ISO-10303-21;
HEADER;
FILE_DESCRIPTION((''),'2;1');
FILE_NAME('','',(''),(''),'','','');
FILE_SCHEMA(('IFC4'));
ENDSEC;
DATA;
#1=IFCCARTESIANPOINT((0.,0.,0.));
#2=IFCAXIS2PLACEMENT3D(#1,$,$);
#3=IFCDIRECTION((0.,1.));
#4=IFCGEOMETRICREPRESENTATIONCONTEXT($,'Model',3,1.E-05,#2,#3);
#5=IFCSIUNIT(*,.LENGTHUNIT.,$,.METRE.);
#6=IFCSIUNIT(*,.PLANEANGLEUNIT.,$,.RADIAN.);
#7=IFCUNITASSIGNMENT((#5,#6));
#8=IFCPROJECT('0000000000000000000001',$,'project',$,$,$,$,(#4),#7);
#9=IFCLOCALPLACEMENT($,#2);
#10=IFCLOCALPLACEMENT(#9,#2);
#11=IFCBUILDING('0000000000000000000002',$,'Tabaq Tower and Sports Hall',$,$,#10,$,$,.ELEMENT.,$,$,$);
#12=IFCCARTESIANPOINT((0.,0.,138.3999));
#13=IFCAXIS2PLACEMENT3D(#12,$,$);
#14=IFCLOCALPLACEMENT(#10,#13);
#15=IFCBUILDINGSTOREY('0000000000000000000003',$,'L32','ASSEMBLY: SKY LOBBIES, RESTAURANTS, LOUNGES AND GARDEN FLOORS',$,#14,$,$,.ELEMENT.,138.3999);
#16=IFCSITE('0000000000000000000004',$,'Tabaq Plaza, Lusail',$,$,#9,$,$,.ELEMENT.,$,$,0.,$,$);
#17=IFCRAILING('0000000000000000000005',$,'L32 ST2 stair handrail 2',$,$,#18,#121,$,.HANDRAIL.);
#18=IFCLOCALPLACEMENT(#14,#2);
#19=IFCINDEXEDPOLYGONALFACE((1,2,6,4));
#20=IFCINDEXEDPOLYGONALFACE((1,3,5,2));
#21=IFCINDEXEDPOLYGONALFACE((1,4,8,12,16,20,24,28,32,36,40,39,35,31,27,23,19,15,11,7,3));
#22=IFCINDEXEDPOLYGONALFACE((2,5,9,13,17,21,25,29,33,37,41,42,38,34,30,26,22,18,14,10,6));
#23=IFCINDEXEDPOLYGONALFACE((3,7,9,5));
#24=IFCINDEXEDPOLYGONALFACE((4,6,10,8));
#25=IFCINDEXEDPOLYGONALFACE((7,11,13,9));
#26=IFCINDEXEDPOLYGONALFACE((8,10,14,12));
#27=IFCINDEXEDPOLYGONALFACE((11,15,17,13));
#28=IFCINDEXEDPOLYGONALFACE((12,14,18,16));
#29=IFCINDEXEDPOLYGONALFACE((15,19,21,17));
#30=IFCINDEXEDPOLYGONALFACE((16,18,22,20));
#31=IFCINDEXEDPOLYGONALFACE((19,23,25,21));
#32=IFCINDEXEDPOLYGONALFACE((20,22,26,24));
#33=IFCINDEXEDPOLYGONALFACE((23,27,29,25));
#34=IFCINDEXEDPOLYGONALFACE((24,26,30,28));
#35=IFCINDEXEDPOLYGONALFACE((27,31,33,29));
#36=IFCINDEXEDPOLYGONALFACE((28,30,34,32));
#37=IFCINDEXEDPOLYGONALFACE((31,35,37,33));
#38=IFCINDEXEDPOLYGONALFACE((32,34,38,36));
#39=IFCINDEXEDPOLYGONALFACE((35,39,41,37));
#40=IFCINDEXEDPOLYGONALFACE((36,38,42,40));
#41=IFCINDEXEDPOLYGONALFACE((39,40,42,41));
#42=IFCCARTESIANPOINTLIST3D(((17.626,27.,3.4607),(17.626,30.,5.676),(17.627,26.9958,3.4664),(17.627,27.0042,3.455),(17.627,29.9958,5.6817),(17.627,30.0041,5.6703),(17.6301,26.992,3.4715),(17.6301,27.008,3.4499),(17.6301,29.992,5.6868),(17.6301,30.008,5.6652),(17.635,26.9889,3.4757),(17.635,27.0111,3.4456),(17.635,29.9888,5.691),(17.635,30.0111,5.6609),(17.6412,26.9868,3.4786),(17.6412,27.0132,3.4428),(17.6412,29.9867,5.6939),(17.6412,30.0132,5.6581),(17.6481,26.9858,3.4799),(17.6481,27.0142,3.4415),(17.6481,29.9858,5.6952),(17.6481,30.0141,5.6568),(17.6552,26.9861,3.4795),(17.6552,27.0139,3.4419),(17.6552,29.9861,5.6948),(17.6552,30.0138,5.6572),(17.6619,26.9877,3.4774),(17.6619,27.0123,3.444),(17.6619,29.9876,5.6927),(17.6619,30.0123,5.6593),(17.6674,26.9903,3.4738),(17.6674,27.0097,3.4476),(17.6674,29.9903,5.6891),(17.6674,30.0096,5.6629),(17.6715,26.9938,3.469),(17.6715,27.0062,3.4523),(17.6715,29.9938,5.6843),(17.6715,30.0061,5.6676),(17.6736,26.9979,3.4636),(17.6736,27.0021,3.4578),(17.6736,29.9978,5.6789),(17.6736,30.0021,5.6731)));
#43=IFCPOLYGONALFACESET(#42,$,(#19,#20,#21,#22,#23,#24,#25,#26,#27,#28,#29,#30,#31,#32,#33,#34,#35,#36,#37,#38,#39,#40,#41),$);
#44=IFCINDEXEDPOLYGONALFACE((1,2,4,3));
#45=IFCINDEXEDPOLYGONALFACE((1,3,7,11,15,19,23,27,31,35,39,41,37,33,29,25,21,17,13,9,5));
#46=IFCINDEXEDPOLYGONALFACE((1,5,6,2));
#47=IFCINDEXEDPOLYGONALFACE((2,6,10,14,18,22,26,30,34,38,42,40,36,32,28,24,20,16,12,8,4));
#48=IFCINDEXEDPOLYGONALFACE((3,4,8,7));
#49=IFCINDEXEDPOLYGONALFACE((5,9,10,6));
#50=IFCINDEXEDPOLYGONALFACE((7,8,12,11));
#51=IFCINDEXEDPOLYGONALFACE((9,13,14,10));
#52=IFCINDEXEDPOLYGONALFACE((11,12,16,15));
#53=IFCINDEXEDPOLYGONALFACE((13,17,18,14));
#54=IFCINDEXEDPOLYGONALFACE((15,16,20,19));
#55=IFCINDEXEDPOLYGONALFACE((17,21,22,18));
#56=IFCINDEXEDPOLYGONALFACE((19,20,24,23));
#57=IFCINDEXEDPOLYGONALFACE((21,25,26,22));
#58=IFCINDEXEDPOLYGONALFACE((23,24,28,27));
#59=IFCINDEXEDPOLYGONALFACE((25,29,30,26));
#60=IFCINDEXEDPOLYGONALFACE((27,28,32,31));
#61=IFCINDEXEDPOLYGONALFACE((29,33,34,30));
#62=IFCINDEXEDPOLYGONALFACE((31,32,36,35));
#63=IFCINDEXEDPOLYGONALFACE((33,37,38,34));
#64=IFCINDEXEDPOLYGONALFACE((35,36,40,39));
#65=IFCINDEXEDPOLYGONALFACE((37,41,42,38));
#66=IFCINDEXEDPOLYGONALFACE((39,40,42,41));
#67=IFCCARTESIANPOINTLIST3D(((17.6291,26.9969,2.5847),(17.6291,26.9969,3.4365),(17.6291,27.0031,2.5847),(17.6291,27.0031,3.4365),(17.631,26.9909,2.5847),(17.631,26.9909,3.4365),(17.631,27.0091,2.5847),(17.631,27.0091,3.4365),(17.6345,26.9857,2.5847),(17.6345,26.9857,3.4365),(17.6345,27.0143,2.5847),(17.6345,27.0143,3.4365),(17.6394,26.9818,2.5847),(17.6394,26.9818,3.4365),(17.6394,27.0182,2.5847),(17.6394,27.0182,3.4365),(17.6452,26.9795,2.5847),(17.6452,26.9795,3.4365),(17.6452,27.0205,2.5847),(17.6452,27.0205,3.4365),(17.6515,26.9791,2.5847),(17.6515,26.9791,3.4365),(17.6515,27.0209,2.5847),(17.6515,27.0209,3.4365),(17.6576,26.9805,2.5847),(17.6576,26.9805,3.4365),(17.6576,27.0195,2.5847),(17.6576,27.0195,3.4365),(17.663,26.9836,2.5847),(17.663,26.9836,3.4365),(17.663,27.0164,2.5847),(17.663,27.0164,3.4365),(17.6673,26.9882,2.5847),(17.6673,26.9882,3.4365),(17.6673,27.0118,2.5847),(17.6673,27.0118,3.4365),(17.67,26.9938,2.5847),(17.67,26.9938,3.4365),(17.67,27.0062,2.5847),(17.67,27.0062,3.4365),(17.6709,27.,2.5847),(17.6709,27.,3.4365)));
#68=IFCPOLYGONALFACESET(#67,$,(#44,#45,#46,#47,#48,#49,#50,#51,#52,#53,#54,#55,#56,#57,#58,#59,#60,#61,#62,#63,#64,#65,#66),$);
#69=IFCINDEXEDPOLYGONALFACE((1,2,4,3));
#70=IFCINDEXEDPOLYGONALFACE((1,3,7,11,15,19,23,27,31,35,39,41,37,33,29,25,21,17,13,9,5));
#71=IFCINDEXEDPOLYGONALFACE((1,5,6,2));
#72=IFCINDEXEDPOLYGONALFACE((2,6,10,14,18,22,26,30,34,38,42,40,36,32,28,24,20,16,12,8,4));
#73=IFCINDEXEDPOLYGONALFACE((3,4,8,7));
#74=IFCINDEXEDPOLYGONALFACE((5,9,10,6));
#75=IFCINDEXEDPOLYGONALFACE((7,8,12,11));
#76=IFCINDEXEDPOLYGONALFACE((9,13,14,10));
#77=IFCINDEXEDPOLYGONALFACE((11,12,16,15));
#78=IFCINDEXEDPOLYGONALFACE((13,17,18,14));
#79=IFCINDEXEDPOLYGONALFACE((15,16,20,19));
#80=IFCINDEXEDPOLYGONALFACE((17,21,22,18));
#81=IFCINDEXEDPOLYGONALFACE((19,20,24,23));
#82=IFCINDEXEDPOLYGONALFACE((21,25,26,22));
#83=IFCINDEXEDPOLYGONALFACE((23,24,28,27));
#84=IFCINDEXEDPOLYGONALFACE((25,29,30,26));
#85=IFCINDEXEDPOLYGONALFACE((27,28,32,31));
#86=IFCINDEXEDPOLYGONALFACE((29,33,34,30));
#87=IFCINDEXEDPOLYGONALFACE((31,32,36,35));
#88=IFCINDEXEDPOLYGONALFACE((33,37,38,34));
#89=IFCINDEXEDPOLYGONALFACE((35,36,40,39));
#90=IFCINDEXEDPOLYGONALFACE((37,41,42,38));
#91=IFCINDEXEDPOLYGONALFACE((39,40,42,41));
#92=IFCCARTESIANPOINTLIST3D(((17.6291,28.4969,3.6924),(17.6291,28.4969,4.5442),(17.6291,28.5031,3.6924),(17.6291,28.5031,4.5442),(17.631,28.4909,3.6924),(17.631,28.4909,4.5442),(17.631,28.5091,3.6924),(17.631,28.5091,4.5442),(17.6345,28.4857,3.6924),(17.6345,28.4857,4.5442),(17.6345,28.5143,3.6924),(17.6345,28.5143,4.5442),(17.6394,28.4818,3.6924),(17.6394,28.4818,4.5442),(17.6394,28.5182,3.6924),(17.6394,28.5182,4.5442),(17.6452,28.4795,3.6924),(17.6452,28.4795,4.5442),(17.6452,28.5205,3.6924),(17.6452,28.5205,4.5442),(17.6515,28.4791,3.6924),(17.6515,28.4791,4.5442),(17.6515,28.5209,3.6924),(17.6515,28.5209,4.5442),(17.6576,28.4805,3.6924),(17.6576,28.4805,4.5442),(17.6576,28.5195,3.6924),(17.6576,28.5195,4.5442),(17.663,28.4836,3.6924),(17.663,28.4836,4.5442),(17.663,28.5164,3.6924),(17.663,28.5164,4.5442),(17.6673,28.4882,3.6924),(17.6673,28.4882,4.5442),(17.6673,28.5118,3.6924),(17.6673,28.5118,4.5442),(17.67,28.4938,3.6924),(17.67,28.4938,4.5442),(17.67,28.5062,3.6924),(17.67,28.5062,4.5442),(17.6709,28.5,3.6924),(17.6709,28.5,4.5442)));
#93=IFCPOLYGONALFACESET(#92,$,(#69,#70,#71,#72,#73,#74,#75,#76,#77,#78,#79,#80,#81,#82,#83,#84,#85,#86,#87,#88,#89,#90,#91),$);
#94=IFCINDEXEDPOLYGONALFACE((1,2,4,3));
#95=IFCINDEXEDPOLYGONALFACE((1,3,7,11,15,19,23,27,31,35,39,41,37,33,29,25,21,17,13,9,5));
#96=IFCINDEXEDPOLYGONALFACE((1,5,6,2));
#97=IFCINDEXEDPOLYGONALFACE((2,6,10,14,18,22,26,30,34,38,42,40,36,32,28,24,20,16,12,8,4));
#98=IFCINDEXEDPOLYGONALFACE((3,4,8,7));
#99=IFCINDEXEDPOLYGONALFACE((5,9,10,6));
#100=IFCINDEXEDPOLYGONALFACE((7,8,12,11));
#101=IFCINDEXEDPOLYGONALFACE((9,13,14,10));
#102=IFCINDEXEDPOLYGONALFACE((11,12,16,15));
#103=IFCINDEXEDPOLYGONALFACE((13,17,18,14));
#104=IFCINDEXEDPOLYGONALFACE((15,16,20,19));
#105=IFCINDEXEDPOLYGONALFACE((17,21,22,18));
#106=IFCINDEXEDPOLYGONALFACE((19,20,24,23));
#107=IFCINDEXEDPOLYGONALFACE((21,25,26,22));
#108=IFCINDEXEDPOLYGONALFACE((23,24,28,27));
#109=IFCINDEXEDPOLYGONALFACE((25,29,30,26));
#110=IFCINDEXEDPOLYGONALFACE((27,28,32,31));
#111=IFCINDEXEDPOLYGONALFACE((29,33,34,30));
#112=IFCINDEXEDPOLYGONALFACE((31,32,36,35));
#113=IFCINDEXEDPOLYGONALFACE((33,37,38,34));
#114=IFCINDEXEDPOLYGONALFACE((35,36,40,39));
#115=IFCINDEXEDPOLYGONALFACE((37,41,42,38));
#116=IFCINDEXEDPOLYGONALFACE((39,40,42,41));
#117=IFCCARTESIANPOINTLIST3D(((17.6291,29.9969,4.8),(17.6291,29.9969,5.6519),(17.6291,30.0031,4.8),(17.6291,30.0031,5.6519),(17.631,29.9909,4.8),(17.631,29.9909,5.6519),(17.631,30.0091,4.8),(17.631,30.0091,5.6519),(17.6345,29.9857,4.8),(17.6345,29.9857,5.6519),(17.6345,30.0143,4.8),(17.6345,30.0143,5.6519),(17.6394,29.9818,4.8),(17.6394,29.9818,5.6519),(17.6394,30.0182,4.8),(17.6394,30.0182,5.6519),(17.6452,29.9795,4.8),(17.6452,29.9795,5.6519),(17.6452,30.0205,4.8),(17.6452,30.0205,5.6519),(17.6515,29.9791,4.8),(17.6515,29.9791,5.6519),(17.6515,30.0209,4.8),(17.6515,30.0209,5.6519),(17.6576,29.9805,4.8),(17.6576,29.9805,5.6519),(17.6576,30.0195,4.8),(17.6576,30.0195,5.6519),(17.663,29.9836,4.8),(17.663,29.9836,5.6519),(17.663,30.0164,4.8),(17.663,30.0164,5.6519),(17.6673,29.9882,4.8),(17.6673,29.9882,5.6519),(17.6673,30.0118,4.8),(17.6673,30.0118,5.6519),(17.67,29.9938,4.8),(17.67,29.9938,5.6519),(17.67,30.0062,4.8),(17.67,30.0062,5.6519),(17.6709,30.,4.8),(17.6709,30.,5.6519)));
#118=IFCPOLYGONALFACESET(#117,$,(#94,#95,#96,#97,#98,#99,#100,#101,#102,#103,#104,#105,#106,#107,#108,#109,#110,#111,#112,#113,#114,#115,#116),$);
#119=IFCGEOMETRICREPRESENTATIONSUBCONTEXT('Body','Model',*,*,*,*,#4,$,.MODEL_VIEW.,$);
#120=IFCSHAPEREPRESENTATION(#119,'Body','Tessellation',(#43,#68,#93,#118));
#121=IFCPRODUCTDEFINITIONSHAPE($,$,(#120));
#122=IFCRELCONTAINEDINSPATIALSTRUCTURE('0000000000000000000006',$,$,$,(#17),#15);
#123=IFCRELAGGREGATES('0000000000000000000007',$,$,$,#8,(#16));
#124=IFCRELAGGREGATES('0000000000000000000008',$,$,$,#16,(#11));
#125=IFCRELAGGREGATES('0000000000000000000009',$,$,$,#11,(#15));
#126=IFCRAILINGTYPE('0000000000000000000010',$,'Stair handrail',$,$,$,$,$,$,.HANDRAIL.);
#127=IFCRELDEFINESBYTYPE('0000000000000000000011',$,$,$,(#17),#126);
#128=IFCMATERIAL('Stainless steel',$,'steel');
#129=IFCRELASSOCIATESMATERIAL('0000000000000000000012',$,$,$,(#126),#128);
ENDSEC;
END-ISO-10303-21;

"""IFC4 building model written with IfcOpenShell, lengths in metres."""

from ifc_helpers import new_model, si_unit, direction, frame, origin, origin_2d, place, context, subcontext, project, spatial, circle, extrude, material, type_object, element, save


model = new_model("IFC4")

# Units and contexts
model_context = context("Model", 3, precision=1e-05, world=origin(), true_north=direction((0.0, 1.0)))
body_context = subcontext(model_context, "Body", "Model", "MODEL_VIEW")
ifc_project = project(units=[si_unit("LENGTHUNIT", "METRE"), si_unit("PLANEANGLEUNIT", "RADIAN")], contexts=[model_context])

# Site, building, storey
site_placement = place(None, origin())
site = spatial("IfcSite", under=ifc_project, at=site_placement, Name="Tabaq Plaza, Lusail", CompositionType="ELEMENT", RefElevation=0.0)
building_placement = place(site_placement, origin())
building = spatial("IfcBuilding", under=site, at=building_placement, Name="Tabaq Tower and Sports Hall", CompositionType="ELEMENT")
storey_placement = place(building_placement, frame((0.0, 0.0, 138.3999)))
storey = spatial("IfcBuildingStorey", under=building, at=storey_placement, Name="L32", Description="ASSEMBLY: SKY LOBBIES, RESTAURANTS, LOUNGES AND GARDEN FLOORS", CompositionType="ELEMENT", Elevation=138.3999)

# Railing
ifc_material_1 = material(Name="Stainless steel", Category="steel")
railing_type_1 = type_object("IfcRailingType", Name="Stair handrail", PredefinedType="HANDRAIL", material=ifc_material_1)
railing_1_placement = place(storey_placement, frame((17.6499, 27.0, 2.5847)))
element("IfcRailing", 1, at=railing_1_placement, inside=storey, type_object=railing_type_1, Name="L32 ST2 stair handrail 2", PredefinedType="HANDRAIL", context=body_context, shape_type="SweptSolid", body=[
    extrude(circle(Radius=0.0239, at=origin_2d()), frame((0.0, 0.0, 0.876), z_axis=(0.0, 0.80444, 0.594034), x_axis=(-1.0, 0.0, 0.0)), (0.0, 0.0, 1.0), 3.7292),
    extrude(circle(Radius=0.021, at=origin_2d()), origin(), (0.0, 0.0, 1.0), 0.8518),
    extrude(circle(Radius=0.021, at=origin_2d()), frame((0.0, 1.5, 1.1077)), (0.0, 0.0, 1.0), 0.8518),
    extrude(circle(Radius=0.021, at=origin_2d()), frame((0.0, 3.0, 2.2153)), (0.0, 0.0, 1.0), 0.8518),
])

save(model, "model.ifc")
